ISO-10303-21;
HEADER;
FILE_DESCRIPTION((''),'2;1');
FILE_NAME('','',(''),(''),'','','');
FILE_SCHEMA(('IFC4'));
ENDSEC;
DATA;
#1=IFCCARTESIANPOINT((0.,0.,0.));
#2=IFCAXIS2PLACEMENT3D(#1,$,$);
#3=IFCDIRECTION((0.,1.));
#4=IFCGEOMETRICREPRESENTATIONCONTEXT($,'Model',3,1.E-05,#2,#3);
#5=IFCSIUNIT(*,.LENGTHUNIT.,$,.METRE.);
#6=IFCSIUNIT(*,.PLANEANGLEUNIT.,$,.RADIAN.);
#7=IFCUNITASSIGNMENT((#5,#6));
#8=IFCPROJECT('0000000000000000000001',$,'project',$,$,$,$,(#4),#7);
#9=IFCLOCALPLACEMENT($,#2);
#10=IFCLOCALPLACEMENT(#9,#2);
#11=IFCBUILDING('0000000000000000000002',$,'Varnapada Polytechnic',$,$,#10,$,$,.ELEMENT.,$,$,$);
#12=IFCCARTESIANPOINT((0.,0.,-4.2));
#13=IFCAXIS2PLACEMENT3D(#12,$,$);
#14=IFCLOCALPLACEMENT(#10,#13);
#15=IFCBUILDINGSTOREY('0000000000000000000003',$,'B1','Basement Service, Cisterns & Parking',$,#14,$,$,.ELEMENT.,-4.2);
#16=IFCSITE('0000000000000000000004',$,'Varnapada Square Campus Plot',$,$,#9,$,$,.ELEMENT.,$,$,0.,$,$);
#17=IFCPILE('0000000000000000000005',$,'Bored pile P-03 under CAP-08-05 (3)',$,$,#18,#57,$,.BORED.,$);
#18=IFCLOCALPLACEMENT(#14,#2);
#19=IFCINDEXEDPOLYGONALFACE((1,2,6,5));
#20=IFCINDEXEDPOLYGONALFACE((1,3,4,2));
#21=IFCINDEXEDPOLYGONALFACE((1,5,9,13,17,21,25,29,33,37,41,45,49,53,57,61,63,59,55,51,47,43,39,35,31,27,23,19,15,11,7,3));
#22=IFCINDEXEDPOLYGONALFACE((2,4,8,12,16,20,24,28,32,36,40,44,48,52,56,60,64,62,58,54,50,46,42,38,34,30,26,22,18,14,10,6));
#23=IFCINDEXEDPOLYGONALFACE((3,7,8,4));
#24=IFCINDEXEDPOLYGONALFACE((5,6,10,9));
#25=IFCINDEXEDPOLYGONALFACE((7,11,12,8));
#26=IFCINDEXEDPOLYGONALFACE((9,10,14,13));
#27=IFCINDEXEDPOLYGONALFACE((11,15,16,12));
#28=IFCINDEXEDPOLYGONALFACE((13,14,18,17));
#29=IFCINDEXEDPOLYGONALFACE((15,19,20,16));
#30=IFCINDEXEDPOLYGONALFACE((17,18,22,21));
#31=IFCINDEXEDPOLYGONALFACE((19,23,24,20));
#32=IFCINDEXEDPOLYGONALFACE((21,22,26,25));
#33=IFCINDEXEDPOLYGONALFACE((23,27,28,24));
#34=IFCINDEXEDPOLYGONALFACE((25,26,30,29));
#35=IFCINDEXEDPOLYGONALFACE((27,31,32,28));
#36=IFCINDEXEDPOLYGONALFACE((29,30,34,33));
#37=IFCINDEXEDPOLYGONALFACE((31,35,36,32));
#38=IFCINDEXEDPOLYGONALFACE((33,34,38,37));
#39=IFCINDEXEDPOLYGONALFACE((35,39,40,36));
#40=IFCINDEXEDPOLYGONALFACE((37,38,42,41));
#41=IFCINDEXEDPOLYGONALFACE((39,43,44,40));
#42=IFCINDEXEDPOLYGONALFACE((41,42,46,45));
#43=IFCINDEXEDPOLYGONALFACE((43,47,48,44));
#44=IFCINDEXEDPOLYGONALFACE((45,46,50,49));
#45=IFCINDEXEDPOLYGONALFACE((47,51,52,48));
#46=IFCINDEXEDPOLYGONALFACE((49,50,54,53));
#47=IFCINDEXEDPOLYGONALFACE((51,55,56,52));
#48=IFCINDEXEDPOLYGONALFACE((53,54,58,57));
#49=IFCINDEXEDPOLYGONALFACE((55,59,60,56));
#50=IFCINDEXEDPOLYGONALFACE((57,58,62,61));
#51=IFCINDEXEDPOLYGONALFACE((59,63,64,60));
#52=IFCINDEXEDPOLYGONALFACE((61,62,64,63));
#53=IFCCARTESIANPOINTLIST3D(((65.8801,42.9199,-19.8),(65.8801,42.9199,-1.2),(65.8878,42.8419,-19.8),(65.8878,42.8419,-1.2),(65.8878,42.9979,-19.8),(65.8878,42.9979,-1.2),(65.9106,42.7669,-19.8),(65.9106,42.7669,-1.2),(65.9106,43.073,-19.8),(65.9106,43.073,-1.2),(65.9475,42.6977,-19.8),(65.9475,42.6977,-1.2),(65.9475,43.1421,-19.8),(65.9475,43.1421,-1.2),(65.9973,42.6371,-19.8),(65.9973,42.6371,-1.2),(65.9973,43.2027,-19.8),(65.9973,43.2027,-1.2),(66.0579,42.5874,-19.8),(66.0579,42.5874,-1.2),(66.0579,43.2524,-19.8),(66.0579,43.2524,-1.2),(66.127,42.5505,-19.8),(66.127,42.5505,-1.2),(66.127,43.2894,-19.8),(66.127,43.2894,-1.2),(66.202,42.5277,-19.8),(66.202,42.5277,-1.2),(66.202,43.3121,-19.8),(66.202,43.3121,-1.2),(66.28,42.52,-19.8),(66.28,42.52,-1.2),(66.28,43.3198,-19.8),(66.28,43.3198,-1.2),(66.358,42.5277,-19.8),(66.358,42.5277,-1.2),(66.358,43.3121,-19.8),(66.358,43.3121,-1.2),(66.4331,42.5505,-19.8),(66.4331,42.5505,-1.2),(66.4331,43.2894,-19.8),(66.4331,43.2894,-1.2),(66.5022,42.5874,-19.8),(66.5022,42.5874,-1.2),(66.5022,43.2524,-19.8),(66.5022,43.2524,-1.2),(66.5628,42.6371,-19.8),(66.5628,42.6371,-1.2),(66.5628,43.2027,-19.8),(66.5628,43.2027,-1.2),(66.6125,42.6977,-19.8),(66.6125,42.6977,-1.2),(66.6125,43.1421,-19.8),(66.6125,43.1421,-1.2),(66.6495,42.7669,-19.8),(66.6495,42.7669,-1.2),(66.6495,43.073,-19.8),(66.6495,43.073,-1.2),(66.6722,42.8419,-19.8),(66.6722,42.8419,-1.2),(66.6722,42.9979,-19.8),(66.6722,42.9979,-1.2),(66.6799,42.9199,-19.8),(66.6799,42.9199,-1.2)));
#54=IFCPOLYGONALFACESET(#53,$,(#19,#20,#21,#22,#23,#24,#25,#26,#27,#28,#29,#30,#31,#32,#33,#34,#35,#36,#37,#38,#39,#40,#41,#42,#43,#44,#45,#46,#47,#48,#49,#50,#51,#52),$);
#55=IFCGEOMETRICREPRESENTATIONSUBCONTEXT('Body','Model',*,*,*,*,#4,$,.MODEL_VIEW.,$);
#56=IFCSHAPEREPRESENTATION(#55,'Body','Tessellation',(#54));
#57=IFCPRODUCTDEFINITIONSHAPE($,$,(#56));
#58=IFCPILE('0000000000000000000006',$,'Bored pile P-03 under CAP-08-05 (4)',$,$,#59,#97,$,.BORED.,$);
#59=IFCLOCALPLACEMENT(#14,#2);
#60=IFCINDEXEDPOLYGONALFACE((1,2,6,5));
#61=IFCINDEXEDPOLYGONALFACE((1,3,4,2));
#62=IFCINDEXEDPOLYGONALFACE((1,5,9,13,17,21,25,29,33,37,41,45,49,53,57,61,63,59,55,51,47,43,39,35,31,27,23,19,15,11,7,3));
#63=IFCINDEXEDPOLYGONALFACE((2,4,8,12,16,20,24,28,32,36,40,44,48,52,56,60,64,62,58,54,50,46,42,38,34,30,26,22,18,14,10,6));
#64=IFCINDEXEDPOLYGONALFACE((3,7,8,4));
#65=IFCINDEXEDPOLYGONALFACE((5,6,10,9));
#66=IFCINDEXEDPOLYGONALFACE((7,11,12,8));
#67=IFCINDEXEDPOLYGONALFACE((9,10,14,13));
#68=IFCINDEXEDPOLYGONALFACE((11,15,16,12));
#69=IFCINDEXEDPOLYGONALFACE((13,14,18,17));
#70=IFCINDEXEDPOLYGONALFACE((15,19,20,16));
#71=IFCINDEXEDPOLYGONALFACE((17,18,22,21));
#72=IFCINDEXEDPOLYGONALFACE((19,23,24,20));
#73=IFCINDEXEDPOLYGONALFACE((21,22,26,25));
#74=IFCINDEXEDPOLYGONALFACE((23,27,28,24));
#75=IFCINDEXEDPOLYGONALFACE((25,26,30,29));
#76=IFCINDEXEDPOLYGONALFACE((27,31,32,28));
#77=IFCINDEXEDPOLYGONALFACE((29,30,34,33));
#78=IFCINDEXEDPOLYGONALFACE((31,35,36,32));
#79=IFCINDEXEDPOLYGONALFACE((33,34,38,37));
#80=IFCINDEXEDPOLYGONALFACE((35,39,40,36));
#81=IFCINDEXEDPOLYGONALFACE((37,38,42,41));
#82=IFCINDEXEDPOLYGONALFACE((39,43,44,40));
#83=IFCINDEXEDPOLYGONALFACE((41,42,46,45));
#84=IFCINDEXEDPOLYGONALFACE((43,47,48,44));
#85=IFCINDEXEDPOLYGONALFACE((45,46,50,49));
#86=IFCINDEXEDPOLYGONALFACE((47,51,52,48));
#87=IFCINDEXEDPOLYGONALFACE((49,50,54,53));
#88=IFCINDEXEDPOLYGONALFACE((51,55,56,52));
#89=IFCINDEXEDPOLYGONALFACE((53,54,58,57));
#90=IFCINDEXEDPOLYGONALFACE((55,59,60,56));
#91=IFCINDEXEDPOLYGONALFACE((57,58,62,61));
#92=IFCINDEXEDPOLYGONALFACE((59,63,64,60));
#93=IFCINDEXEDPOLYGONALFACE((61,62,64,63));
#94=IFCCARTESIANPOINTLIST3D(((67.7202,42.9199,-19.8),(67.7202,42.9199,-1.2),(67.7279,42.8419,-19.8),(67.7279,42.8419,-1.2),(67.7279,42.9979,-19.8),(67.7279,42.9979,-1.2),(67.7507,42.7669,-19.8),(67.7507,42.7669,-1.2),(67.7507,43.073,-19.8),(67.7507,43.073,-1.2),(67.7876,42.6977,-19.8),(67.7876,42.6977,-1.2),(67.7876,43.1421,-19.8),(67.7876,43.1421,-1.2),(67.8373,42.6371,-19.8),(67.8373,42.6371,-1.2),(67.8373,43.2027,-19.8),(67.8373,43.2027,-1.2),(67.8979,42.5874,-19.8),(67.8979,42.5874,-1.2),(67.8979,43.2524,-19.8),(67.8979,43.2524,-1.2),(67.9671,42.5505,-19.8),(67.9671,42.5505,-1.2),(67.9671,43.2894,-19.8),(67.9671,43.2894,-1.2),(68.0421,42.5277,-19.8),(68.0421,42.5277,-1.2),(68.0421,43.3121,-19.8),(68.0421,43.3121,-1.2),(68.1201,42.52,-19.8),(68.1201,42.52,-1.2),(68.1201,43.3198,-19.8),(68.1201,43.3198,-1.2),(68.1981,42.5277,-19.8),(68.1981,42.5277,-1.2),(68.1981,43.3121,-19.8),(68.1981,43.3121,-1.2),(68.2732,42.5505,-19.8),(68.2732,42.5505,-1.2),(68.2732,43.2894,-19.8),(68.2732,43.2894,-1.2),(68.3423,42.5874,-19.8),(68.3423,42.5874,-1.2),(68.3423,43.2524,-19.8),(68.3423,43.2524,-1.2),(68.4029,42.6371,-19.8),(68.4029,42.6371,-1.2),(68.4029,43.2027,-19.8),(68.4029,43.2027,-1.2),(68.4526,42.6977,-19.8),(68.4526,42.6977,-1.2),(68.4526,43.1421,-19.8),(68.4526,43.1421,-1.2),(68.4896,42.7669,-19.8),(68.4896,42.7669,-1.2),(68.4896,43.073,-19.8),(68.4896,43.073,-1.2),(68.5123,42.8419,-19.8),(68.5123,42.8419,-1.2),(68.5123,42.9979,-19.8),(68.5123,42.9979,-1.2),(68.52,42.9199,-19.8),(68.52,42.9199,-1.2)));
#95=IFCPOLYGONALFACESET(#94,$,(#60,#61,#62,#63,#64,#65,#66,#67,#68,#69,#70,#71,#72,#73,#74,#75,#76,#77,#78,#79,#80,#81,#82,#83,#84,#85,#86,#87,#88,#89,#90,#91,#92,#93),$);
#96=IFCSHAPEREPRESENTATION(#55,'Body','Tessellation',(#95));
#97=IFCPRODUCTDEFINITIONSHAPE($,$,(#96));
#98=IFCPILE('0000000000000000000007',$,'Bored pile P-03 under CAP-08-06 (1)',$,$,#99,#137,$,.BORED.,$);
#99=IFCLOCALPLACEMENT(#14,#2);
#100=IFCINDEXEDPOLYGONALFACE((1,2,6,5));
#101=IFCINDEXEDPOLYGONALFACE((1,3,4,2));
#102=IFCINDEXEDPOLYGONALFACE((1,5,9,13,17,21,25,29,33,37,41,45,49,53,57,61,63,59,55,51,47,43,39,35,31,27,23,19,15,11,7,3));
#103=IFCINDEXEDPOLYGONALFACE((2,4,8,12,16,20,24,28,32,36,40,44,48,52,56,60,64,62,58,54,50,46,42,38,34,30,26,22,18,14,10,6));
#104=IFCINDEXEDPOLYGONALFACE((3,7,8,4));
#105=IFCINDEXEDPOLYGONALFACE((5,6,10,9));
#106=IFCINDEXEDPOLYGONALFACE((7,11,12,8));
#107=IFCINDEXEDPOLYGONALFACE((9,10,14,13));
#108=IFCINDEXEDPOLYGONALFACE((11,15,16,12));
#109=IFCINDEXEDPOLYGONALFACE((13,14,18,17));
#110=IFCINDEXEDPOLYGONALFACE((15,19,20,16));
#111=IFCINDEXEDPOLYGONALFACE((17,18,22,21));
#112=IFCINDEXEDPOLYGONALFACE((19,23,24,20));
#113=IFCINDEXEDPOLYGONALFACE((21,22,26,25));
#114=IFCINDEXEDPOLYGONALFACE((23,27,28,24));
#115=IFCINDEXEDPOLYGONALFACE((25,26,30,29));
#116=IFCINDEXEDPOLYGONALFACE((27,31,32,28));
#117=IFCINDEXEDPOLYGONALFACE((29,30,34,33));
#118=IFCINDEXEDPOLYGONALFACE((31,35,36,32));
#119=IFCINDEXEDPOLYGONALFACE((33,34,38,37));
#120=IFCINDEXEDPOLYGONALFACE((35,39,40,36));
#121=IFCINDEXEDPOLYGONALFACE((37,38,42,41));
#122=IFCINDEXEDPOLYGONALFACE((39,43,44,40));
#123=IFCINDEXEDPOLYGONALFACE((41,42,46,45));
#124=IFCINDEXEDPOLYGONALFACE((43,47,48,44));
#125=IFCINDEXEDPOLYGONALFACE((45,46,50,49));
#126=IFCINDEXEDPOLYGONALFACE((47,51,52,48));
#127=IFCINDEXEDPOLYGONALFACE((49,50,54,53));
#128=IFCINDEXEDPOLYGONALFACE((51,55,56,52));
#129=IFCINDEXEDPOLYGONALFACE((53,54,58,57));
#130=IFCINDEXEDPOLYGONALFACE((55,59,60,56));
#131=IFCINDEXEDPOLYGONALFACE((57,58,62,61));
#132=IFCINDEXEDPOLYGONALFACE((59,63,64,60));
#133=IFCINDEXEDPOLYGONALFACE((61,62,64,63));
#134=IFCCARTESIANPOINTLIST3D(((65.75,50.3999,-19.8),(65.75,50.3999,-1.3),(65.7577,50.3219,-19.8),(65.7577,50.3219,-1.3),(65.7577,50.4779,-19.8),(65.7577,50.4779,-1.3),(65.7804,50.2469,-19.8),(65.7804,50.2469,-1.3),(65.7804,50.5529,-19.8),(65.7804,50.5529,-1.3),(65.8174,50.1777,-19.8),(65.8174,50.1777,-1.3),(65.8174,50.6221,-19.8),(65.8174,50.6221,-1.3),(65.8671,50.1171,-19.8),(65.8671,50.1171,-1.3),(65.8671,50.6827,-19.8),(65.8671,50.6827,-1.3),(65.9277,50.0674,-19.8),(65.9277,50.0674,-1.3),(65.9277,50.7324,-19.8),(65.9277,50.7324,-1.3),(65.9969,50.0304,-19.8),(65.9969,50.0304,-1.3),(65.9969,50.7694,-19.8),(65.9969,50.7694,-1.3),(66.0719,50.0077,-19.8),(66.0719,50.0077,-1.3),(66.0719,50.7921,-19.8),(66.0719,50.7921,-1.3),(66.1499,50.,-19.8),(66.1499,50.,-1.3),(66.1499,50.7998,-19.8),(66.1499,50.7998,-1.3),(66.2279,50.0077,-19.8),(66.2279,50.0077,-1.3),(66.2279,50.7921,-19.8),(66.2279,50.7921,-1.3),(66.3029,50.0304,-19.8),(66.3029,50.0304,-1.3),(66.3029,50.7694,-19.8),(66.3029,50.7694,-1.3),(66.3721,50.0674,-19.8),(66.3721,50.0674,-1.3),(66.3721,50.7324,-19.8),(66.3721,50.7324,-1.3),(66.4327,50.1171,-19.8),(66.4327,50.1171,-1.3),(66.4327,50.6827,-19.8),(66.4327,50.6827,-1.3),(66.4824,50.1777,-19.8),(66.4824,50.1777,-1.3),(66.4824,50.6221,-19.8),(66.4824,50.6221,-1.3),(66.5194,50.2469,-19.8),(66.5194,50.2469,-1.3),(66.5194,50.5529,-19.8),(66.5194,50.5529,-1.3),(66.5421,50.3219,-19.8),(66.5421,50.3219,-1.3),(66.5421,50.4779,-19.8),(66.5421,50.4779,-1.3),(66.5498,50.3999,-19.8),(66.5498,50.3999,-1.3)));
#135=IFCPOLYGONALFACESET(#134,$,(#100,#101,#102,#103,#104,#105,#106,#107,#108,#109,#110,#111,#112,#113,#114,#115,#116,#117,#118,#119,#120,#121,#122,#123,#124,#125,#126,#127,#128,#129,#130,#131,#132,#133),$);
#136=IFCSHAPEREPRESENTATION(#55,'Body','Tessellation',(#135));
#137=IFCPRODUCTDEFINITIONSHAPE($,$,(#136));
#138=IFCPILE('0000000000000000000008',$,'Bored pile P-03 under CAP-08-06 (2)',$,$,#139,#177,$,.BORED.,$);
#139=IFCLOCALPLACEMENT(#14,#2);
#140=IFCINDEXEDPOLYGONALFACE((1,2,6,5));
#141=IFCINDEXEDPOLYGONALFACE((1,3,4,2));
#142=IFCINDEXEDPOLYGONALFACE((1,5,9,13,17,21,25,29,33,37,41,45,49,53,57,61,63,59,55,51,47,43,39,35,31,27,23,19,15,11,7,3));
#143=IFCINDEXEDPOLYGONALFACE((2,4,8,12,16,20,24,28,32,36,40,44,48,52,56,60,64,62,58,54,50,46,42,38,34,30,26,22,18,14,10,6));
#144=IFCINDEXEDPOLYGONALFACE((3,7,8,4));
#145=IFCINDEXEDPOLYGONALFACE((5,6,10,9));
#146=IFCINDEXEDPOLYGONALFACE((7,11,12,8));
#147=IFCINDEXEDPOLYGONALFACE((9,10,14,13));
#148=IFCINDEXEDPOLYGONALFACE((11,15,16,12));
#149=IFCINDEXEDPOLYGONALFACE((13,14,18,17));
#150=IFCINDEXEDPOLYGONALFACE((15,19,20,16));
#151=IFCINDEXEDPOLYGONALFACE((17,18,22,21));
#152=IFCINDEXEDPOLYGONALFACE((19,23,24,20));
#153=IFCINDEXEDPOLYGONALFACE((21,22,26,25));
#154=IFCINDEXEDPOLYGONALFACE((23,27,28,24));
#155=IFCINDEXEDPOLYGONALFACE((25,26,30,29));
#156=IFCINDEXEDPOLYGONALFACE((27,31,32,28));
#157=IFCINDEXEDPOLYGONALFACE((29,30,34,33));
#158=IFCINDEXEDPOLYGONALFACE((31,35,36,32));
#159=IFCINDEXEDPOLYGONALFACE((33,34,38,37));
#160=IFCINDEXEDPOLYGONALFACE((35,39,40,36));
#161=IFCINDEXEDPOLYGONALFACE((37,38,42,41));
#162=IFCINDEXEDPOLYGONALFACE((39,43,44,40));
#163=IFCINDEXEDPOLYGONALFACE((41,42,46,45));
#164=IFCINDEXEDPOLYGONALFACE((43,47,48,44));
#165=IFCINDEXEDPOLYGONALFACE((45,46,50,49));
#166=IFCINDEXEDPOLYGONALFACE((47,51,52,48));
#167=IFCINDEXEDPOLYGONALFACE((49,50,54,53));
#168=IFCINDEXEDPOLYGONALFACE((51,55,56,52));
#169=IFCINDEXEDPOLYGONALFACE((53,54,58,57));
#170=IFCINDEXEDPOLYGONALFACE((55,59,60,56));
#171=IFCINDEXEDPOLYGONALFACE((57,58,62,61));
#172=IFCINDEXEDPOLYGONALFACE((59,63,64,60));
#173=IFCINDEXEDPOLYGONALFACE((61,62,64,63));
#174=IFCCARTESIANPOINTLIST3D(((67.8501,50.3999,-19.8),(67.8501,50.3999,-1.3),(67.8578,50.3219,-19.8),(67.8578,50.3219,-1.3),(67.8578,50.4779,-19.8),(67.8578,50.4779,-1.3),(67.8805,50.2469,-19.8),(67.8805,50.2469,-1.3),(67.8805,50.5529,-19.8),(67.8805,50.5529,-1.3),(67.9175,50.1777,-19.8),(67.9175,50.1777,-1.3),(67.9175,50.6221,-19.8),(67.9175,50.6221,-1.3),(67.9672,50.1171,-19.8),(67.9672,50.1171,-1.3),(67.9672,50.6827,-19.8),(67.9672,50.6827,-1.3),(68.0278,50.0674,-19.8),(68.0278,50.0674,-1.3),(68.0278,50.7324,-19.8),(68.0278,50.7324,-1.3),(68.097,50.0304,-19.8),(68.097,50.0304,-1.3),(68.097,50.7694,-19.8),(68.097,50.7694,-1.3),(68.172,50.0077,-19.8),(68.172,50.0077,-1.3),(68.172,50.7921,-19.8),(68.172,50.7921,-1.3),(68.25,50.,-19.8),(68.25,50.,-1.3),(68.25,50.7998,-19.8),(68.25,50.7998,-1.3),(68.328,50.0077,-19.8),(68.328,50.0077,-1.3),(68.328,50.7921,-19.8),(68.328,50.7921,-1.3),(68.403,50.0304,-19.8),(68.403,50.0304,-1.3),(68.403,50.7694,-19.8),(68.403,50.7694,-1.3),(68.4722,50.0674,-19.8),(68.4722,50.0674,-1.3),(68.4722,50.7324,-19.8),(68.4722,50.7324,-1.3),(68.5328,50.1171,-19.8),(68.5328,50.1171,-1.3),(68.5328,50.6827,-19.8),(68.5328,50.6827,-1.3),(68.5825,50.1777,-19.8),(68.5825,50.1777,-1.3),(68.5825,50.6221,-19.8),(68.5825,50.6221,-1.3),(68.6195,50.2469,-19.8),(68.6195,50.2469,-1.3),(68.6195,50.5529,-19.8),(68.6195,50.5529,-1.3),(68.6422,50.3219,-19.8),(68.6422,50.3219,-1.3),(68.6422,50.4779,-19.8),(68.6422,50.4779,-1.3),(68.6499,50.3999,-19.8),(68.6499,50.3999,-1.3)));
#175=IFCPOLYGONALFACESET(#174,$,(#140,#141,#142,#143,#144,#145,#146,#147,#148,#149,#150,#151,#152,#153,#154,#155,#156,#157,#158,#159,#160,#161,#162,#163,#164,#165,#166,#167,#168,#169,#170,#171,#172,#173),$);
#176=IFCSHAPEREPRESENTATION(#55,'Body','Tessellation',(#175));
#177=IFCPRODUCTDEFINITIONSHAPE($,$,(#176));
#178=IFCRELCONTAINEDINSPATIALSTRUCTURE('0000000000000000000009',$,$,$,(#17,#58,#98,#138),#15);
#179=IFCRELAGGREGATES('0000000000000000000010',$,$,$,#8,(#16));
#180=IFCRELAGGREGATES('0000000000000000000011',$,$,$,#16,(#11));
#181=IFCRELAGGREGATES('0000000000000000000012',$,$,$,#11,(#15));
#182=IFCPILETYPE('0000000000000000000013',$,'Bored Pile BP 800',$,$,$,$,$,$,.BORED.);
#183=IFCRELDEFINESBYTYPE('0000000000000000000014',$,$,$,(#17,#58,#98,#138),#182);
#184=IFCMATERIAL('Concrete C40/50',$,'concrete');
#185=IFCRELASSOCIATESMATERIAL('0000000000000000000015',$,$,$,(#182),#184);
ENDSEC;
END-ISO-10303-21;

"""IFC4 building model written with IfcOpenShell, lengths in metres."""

from ifc_helpers import new_model, si_unit, direction, frame, origin, origin_2d, place, context, subcontext, project, spatial, circle, extrude, material, material_profile, profile_set, type_object, element, save


model = new_model("IFC4")

# Units and contexts
model_context = context("Model", 3, precision=1e-05, world=origin(), true_north=direction((0.0, 1.0)))
body_context = subcontext(model_context, "Body", "Model", "MODEL_VIEW")
ifc_project = project(units=[si_unit("LENGTHUNIT", "METRE"), si_unit("PLANEANGLEUNIT", "RADIAN")], contexts=[model_context])

# Site, building, storey
site_placement = place(None, origin())
site = spatial("IfcSite", under=ifc_project, at=site_placement, Name="Varnapada Square Campus Plot", CompositionType="ELEMENT", RefElevation=0.0)
building_placement = place(site_placement, origin())
building = spatial("IfcBuilding", under=site, at=building_placement, Name="Varnapada Polytechnic", CompositionType="ELEMENT")
storey_placement = place(building_placement, frame((0.0, 0.0, -4.2)))
storey = spatial("IfcBuildingStorey", under=building, at=storey_placement, Name="B1", Description="Basement Service, Cisterns & Parking", CompositionType="ELEMENT", Elevation=-4.2)

# Piles
ifc_material_1 = material(Name="Concrete C40/50", Category="concrete")
ifc_material_profile_1 = material_profile(ifc_material_1, circle(Radius=0.3999, at=origin_2d()), Name="BP 800")
ifc_profile_set_1 = profile_set([ifc_material_profile_1], Name="Concrete C40/50")
pile_type_1 = type_object("IfcPileType", Name="Bored Pile BP 800", PredefinedType="BORED", material=ifc_profile_set_1)
for number, where, z_axis, x_axis, name in (
    (1, (66.28, 42.9199, -1.2), (0.0, 0.0, -1.0), (1.0, 0.0, 0.0), "Bored pile P-03 under CAP-08-05 (3)"),
    (2, (68.1201, 42.9199, -1.2), (0.0, 0.0, -1.0), (1.0, 0.0, 0.0), "Bored pile P-03 under CAP-08-05 (4)"),
):
    element("IfcPile", number, at=place(storey_placement, frame(where, z_axis=z_axis, x_axis=x_axis)), inside=storey, type_object=pile_type_1, Name=name, PredefinedType="BORED", context=body_context, shape_type="SweptSolid", body=[
        extrude(circle(Radius=0.3999, at=origin_2d()), origin(), (0.0, 0.0, 1.0), 18.6001),
    ])
for number, where, z_axis, x_axis, name in (
    (3, (66.1499, 50.3999, -1.3), (0.0, 0.0, -1.0), (1.0, 0.0, 0.0), "Bored pile P-03 under CAP-08-06 (1)"),
    (4, (68.25, 50.3999, -1.3), (0.0, 0.0, -1.0), (1.0, 0.0, 0.0), "Bored pile P-03 under CAP-08-06 (2)"),
):
    element("IfcPile", number, at=place(storey_placement, frame(where, z_axis=z_axis, x_axis=x_axis)), inside=storey, type_object=pile_type_1, Name=name, PredefinedType="BORED", context=body_context, shape_type="SweptSolid", body=[
        extrude(circle(Radius=0.3999, at=origin_2d()), origin(), (0.0, 0.0, 1.0), 18.5),
    ])

save(model, "model.ifc")
